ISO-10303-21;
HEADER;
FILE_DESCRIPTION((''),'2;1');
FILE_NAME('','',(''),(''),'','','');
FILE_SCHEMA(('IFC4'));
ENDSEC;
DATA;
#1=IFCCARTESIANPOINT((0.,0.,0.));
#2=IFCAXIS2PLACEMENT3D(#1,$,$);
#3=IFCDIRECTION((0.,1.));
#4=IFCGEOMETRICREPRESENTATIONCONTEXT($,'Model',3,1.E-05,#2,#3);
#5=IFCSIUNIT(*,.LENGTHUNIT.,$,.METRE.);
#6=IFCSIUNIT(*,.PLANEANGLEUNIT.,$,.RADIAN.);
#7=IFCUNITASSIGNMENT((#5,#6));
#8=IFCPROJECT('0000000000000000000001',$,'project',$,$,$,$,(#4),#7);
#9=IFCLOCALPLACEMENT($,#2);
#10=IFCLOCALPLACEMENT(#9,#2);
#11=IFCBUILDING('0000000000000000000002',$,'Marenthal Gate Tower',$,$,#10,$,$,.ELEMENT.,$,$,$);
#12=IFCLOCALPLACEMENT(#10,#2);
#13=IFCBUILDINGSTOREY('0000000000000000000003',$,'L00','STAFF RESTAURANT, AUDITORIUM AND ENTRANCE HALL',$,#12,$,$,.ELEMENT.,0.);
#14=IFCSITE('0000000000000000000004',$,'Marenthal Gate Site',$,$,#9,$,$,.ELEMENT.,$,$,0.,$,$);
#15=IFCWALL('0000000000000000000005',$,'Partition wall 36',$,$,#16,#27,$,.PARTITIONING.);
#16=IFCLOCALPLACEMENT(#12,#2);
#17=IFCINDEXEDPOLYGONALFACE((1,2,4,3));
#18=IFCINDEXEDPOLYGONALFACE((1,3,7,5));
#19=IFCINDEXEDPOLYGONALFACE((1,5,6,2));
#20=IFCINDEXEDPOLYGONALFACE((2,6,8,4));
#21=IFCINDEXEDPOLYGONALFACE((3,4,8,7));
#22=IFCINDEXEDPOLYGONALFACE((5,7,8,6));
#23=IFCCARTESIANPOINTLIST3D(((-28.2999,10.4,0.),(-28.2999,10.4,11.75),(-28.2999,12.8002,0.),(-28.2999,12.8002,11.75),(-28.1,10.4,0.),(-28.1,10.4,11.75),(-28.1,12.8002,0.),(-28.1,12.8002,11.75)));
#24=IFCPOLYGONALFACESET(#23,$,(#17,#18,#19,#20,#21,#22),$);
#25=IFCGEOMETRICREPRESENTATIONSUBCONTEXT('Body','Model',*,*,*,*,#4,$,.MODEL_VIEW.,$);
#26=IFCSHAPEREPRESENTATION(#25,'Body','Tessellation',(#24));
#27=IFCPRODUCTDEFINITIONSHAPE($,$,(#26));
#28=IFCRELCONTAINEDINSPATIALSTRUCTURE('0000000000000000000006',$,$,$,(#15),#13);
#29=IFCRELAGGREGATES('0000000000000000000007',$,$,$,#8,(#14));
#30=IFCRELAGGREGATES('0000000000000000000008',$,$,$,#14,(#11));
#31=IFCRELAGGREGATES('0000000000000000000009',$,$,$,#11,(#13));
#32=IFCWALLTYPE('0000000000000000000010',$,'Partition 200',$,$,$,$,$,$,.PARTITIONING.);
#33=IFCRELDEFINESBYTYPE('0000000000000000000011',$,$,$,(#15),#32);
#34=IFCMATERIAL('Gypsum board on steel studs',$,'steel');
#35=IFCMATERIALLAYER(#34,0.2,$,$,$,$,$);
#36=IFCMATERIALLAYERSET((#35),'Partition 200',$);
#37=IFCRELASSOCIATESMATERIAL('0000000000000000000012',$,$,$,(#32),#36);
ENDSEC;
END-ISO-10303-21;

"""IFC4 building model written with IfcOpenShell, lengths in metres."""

from ifc_helpers import new_model, si_unit, direction, frame, frame_2d, origin, place, context, subcontext, project, spatial, rectangle, extrude, material, layer, layer_set, type_object, element, save


model = new_model("IFC4")

# Units and contexts
model_context = context("Model", 3, precision=1e-05, world=origin(), true_north=direction((0.0, 1.0)))
body_context = subcontext(model_context, "Body", "Model", "MODEL_VIEW")
ifc_project = project(units=[si_unit("LENGTHUNIT", "METRE"), si_unit("PLANEANGLEUNIT", "RADIAN")], contexts=[model_context])

# Site, building, storey
site_placement = place(None, origin())
site = spatial("IfcSite", under=ifc_project, at=site_placement, Name="Marenthal Gate Site", CompositionType="ELEMENT", RefElevation=0.0)
building_placement = place(site_placement, origin())
building = spatial("IfcBuilding", under=site, at=building_placement, Name="Marenthal Gate Tower", CompositionType="ELEMENT")
storey_placement = place(building_placement, origin())
storey = spatial("IfcBuildingStorey", under=building, at=storey_placement, Name="L00", Description="STAFF RESTAURANT, AUDITORIUM AND ENTRANCE HALL", CompositionType="ELEMENT", Elevation=0.0)

# Wall
ifc_material_1 = material(Name="Gypsum board on steel studs", Category="steel")
ifc_layer_1 = layer(ifc_material_1, 0.2)
ifc_layer_set_1 = layer_set([ifc_layer_1], Name="Partition 200")
wall_type_1 = type_object("IfcWallType", Name="Partition 200", PredefinedType="PARTITIONING", material=ifc_layer_set_1)
wall_1_placement = place(storey_placement, frame((-28.2, 10.3999, 0.0), z_axis=(0.0, 0.0, 1.0), x_axis=(0.0, 1.0, 0.0)))
element("IfcWall", 1, at=wall_1_placement, inside=storey, type_object=wall_type_1, Name="Partition wall 36", PredefinedType="PARTITIONING", context=body_context, shape_type="SweptSolid", body=[
    extrude(rectangle(XDim=2.4001, YDim=0.2, at=frame_2d((1.2002, 0.0))), origin(), (0.0, 0.0, 1.0), 11.75),
])

save(model, "model.ifc")
